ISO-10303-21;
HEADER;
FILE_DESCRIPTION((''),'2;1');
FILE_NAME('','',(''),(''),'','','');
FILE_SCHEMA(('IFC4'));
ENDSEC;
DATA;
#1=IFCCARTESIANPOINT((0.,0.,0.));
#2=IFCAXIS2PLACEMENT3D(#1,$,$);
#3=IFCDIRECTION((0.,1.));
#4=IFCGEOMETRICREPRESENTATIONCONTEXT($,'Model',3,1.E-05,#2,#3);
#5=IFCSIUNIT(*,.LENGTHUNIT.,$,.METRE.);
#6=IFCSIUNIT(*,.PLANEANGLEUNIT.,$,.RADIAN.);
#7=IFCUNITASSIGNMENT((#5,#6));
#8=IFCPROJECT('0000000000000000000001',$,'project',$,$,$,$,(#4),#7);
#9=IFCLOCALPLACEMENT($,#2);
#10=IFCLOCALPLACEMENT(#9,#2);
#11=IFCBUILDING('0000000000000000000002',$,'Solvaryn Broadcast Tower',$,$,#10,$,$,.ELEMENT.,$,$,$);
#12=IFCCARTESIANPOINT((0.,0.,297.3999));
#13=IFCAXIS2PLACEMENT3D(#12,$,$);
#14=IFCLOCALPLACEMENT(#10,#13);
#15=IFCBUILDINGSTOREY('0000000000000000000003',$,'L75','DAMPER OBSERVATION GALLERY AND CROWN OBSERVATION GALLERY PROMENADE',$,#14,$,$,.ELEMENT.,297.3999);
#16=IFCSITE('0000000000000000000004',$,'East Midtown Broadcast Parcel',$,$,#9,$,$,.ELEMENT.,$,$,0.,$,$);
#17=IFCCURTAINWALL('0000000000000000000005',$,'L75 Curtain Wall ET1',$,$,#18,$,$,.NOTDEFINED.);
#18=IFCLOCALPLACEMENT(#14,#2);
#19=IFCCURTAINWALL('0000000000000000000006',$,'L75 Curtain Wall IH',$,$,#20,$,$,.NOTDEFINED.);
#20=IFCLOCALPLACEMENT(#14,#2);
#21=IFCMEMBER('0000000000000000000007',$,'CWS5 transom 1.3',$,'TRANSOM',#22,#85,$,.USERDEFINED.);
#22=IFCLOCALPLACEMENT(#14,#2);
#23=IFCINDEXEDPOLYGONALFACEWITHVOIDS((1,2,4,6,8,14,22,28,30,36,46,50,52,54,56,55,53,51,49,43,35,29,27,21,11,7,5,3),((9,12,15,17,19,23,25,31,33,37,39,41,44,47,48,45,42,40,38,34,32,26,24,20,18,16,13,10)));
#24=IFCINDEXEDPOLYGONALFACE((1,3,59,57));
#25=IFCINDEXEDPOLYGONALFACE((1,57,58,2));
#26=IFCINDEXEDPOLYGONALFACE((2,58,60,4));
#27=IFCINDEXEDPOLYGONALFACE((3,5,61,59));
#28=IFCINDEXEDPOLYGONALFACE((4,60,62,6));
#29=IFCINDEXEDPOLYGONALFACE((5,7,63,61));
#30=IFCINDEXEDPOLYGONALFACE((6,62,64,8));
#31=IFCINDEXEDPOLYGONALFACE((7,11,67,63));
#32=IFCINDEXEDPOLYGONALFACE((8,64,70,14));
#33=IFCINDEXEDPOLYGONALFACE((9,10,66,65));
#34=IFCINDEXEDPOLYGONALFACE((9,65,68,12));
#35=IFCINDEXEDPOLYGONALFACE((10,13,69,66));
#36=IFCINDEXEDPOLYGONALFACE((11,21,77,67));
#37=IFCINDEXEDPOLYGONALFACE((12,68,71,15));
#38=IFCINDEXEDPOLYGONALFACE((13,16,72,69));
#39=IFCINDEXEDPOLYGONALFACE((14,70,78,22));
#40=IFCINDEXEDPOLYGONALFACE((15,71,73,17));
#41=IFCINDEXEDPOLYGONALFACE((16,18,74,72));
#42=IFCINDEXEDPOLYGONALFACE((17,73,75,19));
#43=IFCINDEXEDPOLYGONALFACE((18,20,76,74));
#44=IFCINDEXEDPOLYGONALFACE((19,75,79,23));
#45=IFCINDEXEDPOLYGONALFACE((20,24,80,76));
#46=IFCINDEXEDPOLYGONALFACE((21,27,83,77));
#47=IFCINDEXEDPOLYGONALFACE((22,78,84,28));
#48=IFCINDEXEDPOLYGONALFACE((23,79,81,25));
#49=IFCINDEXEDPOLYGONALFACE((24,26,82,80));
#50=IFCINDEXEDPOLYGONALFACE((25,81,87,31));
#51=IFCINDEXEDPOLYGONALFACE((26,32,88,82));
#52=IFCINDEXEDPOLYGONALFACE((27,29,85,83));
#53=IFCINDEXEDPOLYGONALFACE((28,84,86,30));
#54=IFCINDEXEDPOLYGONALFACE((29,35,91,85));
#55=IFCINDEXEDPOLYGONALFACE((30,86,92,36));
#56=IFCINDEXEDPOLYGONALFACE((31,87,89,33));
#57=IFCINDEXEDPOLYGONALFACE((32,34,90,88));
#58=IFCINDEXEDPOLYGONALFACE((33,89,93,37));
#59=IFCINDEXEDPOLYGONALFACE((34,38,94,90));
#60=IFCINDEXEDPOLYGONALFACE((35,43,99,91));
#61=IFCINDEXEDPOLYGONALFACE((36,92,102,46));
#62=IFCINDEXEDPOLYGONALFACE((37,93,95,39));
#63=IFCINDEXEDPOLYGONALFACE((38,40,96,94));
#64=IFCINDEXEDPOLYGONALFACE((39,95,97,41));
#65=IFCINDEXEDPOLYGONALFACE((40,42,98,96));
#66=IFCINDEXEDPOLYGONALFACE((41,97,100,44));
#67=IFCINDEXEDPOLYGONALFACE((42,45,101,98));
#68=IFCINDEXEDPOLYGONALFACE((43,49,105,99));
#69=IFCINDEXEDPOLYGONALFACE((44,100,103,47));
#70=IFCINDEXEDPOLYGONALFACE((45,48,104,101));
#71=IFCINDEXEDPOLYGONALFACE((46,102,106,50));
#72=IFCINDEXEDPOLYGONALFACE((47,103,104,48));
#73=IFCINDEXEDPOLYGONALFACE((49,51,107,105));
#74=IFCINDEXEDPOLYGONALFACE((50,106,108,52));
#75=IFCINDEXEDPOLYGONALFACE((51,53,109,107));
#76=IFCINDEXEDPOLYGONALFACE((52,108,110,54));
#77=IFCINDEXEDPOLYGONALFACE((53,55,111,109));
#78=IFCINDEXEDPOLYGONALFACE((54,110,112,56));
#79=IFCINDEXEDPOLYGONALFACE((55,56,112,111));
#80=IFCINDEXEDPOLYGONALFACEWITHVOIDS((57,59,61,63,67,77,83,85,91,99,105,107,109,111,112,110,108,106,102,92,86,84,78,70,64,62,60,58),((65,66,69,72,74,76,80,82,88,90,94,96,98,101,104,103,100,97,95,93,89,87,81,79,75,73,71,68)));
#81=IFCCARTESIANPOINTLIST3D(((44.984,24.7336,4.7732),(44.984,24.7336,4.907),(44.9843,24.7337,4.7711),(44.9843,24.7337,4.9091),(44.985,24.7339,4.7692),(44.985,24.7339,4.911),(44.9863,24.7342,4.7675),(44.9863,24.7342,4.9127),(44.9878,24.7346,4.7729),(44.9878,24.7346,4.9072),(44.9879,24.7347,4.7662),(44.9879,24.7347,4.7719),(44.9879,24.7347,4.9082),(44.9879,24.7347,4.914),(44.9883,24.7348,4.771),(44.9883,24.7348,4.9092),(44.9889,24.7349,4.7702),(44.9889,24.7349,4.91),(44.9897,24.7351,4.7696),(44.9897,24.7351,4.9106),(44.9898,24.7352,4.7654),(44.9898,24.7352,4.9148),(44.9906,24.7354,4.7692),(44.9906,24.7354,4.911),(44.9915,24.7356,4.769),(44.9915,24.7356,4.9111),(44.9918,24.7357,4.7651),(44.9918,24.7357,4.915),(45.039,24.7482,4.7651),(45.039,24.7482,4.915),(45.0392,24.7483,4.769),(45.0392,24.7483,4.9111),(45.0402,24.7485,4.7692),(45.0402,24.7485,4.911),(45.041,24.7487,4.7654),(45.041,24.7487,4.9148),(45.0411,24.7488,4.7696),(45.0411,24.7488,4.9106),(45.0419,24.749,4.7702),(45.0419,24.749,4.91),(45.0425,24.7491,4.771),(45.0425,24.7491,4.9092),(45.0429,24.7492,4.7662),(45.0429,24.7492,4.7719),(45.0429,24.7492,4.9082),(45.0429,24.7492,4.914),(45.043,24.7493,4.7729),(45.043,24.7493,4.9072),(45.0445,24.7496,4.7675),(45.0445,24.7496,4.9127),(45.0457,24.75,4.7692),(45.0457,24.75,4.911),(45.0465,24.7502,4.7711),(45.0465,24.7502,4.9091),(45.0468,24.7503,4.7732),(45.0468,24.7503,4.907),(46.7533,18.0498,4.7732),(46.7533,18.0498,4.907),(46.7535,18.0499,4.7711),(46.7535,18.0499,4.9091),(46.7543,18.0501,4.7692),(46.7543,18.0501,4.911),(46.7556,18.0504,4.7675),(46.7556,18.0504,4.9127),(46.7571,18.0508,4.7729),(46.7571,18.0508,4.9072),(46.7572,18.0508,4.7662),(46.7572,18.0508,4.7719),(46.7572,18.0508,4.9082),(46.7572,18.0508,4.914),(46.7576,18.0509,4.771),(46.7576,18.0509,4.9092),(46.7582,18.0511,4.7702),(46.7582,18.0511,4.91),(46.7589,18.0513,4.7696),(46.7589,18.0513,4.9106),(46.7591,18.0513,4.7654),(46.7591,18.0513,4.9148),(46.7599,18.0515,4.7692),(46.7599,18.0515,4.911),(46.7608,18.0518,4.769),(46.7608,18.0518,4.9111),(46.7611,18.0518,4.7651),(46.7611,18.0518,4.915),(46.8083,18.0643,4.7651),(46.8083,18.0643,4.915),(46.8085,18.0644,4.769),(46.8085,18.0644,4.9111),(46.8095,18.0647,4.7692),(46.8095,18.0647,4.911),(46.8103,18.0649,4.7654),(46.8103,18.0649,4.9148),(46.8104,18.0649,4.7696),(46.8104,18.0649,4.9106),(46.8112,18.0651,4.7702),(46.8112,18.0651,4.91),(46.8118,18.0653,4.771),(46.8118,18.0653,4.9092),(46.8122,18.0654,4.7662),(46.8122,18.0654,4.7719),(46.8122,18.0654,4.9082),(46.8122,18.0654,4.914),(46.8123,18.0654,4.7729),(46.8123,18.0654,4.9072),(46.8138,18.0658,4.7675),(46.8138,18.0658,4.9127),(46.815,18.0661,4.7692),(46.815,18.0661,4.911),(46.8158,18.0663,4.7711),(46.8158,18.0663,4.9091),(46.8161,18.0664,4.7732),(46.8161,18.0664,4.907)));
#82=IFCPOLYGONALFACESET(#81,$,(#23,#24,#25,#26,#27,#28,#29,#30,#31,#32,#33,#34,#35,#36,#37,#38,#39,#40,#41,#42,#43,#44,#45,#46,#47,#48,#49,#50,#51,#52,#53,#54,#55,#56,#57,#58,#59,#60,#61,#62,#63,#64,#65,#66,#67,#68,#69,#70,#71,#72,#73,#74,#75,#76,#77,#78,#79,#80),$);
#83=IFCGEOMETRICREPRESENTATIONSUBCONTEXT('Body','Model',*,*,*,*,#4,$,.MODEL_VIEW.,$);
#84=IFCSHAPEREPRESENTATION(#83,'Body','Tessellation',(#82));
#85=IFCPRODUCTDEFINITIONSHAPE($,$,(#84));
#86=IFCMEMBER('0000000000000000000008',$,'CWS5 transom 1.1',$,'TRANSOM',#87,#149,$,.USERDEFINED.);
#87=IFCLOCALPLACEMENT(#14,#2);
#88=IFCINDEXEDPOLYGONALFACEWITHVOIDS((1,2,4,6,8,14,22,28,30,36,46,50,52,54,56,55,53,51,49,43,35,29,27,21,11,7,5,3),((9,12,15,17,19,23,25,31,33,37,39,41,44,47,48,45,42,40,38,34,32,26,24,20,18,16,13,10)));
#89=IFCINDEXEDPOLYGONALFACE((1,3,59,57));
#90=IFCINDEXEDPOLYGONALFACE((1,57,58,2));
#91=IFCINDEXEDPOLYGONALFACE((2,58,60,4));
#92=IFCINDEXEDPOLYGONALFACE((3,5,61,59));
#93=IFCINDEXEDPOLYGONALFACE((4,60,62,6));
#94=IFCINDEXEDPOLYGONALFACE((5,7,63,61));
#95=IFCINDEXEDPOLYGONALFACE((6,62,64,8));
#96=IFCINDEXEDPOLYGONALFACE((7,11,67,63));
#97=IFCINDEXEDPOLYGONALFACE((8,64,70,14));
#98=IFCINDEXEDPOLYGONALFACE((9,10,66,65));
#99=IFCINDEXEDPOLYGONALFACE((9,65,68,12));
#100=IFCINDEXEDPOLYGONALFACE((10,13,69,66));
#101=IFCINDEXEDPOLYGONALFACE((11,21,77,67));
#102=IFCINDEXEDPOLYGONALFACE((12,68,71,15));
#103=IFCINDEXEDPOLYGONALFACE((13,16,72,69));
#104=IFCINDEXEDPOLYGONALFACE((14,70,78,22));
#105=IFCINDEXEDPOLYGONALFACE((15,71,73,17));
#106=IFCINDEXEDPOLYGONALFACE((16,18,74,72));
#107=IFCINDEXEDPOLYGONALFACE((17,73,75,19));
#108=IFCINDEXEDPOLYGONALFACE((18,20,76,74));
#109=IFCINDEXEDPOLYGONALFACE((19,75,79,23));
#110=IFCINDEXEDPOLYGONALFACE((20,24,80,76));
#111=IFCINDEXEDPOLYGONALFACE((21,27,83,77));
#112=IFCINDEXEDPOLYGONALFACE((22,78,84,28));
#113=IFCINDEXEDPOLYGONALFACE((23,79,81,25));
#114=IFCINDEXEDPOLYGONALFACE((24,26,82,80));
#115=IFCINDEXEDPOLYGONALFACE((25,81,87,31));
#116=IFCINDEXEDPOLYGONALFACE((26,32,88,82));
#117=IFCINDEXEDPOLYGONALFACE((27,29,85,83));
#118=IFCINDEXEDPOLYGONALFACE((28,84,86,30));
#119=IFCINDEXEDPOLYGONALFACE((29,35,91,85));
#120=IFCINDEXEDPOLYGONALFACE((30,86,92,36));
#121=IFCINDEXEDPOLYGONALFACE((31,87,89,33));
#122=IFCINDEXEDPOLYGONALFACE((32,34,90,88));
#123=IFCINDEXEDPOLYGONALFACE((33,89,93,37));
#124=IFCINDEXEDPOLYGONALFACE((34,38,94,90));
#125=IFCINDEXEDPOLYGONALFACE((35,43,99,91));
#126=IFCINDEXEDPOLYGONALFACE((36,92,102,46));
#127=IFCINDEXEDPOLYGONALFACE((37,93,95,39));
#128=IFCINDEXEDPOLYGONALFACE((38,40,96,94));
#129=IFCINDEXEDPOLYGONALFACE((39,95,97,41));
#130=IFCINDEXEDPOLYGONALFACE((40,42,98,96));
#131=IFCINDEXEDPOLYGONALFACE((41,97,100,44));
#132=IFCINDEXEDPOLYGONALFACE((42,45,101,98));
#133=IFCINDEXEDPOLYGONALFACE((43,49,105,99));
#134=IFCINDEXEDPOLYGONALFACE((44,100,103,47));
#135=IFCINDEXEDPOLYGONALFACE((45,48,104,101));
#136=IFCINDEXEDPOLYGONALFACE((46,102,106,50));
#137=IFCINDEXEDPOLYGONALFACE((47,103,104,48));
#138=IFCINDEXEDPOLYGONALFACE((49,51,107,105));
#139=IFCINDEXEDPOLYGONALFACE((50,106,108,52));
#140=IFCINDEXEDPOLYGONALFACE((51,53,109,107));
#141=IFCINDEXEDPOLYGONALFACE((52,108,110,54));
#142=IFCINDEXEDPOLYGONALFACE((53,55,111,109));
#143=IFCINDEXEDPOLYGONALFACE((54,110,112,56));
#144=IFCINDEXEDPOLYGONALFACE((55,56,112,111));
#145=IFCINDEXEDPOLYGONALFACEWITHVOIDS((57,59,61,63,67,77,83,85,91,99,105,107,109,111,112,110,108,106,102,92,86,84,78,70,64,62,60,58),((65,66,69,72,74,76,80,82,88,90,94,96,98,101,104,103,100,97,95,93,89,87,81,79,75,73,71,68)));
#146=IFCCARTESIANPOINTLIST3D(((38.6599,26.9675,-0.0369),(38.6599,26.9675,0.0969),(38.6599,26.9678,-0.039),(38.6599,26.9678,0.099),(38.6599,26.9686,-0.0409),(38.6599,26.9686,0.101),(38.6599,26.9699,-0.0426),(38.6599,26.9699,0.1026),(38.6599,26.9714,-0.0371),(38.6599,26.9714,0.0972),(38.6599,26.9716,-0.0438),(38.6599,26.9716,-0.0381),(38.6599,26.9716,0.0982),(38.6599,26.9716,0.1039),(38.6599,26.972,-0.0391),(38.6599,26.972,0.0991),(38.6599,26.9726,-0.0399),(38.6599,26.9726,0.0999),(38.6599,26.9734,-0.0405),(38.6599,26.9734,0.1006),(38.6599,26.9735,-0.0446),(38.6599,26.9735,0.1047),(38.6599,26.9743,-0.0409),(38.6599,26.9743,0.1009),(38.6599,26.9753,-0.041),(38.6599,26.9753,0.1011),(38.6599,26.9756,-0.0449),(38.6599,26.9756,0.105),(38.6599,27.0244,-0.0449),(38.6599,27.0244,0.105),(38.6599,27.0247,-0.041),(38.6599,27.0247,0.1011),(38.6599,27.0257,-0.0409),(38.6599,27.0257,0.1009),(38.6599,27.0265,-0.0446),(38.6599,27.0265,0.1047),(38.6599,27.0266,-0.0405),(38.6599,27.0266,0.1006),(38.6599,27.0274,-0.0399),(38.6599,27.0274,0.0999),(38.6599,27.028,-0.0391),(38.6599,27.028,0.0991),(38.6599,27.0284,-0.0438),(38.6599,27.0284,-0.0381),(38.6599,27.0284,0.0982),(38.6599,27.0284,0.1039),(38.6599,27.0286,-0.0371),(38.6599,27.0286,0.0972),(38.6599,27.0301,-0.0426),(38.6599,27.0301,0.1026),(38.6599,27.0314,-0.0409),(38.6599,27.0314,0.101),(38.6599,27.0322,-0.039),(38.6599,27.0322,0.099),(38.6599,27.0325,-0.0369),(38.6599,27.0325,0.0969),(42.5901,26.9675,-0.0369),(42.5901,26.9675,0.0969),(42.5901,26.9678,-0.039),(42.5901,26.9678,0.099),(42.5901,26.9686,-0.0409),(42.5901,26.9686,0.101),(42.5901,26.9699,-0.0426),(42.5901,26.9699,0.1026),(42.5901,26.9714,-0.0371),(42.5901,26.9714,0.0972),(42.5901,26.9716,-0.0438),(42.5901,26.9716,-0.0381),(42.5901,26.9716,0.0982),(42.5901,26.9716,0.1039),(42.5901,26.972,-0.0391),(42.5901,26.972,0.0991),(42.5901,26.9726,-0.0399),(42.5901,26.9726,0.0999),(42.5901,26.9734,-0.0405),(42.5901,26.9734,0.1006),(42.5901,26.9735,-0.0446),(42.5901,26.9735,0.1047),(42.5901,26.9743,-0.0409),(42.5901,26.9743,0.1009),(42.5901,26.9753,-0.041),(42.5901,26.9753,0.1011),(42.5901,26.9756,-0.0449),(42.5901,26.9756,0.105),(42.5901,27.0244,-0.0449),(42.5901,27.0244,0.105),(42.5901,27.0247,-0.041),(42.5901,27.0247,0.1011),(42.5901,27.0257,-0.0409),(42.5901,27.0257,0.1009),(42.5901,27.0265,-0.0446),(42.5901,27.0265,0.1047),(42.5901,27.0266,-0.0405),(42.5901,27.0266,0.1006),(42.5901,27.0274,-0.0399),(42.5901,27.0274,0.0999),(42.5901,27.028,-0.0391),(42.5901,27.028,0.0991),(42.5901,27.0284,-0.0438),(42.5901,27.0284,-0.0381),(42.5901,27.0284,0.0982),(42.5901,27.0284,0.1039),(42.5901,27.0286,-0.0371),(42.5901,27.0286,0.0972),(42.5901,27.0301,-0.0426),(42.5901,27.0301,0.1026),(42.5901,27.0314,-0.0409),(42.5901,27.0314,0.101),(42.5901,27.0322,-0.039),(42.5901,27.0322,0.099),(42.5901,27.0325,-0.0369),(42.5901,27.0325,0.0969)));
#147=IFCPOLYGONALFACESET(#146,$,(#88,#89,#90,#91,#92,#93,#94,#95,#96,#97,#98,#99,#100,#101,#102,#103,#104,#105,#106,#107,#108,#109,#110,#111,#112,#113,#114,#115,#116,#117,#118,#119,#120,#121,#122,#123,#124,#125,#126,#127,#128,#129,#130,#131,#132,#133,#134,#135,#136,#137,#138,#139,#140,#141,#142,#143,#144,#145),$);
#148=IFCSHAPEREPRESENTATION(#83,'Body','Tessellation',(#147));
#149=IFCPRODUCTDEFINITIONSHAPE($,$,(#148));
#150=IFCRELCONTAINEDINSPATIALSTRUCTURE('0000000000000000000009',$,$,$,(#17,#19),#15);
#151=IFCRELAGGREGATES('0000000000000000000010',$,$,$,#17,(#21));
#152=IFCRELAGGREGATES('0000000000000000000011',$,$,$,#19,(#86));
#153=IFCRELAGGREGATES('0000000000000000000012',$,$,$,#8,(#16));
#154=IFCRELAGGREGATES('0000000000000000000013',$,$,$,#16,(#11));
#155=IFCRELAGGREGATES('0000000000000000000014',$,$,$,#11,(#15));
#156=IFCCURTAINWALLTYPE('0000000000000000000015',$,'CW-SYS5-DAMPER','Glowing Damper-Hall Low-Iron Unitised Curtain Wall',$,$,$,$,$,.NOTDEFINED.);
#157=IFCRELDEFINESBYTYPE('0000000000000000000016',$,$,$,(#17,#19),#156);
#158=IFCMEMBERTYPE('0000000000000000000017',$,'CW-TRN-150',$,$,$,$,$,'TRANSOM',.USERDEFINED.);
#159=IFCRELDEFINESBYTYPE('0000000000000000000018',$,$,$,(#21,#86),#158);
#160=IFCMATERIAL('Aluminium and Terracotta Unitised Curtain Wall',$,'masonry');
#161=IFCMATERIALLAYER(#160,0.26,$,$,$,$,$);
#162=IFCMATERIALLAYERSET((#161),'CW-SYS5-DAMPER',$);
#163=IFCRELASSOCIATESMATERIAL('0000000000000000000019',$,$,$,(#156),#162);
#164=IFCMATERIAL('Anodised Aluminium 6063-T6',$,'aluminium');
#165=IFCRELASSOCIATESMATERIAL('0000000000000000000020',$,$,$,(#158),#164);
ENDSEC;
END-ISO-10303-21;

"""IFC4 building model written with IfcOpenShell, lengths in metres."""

from ifc_helpers import new_model, si_unit, direction, frame, origin, origin_2d, place, context, subcontext, project, spatial, hollow_rectangle, extrude, material, layer, layer_set, material_profile, profile_set, type_object, element, aggregate, save


model = new_model("IFC4")

# Units and contexts
model_context = context("Model", 3, precision=1e-05, world=origin(), true_north=direction((0.0, 1.0)))
body_context = subcontext(model_context, "Body", "Model", "MODEL_VIEW")
ifc_project = project(units=[si_unit("LENGTHUNIT", "METRE"), si_unit("PLANEANGLEUNIT", "RADIAN")], contexts=[model_context])

# Site, building, storey
site_placement = place(None, origin())
site = spatial("IfcSite", under=ifc_project, at=site_placement, Name="East Midtown Broadcast Parcel", CompositionType="ELEMENT", RefElevation=0.0)
building_placement = place(site_placement, origin())
building = spatial("IfcBuilding", under=site, at=building_placement, Name="Solvaryn Broadcast Tower", CompositionType="ELEMENT")
storey_placement = place(building_placement, frame((0.0, 0.0, 297.3999)))
storey = spatial("IfcBuildingStorey", under=building, at=storey_placement, Name="L75", Description="DAMPER OBSERVATION GALLERY AND CROWN OBSERVATION GALLERY PROMENADE", CompositionType="ELEMENT", Elevation=297.3999)

# Curtain wall
ifc_material_1 = material(Name="Aluminium and Terracotta Unitised Curtain Wall", Category="masonry")
ifc_layer_1 = layer(ifc_material_1, 0.26)
ifc_layer_set_1 = layer_set([ifc_layer_1], Name="CW-SYS5-DAMPER")
curtain_wall_type = type_object("IfcCurtainWallType", Name="CW-SYS5-DAMPER", Description="Glowing Damper-Hall Low-Iron Unitised Curtain Wall", PredefinedType="NOTDEFINED", material=ifc_layer_set_1)
curtain_wall_1_placement = place(storey_placement, origin())
curtain_wall_1 = element("IfcCurtainWall", 1, at=curtain_wall_1_placement, inside=storey, type_object=curtain_wall_type, Name="L75 Curtain Wall ET1", PredefinedType="NOTDEFINED")

# Curtain wall
curtain_wall_2_placement = place(storey_placement, origin())
curtain_wall_2 = element("IfcCurtainWall", 2, at=curtain_wall_2_placement, inside=storey, type_object=curtain_wall_type, Name="L75 Curtain Wall IH", PredefinedType="NOTDEFINED")

# Members
ifc_material_2 = material(Name="Anodised Aluminium 6063-T6", Category="aluminium")
ifc_material_profile_1 = material_profile(ifc_material_2, hollow_rectangle(XDim=0.0649, YDim=0.1499, WallThickness=0.0039, InnerFilletRadius=0.0039, OuterFilletRadius=0.0081, at=origin_2d()))
ifc_profile_set_1 = profile_set([ifc_material_profile_1], Name="Anodised Aluminium 6063-T6")
member_type_1 = type_object("IfcMemberType", Name="CW-TRN-150", ElementType="TRANSOM", PredefinedType="USERDEFINED", material=ifc_profile_set_1)
member_1_placement = place(storey_placement, frame((45.0154, 24.7419, 4.8401), z_axis=(0.255897, -0.966704, 0.0), x_axis=(0.966704, 0.255897, 0.0)))
member_1 = element("IfcMember", 3, at=member_1_placement, type_object=member_type_1, Name="CWS5 transom 1.3", ObjectType="TRANSOM", PredefinedType="USERDEFINED", context=body_context, shape_type="SweptSolid", body=[
    extrude(hollow_rectangle(XDim=0.0649, YDim=0.1499, WallThickness=0.0039, InnerFilletRadius=0.0039, OuterFilletRadius=0.0081, at=origin_2d()), origin(), (0.0, 0.0, 1.0), 6.9141),
])
aggregate(curtain_wall_1, [member_1])
member_2_placement = place(storey_placement, frame((38.6599, 27.0, 0.03), z_axis=(1.0, 0.0, 0.0), x_axis=(0.0, 1.0, 0.0)))
member_2 = element("IfcMember", 4, at=member_2_placement, type_object=member_type_1, Name="CWS5 transom 1.1", ObjectType="TRANSOM", PredefinedType="USERDEFINED", context=body_context, shape_type="SweptSolid", body=[
    extrude(hollow_rectangle(XDim=0.0649, YDim=0.1499, WallThickness=0.0039, InnerFilletRadius=0.0039, OuterFilletRadius=0.0081, at=origin_2d()), origin(), (0.0, 0.0, 1.0), 3.9302),
])

aggregate(curtain_wall_2, [member_2])

save(model, "model.ifc")
